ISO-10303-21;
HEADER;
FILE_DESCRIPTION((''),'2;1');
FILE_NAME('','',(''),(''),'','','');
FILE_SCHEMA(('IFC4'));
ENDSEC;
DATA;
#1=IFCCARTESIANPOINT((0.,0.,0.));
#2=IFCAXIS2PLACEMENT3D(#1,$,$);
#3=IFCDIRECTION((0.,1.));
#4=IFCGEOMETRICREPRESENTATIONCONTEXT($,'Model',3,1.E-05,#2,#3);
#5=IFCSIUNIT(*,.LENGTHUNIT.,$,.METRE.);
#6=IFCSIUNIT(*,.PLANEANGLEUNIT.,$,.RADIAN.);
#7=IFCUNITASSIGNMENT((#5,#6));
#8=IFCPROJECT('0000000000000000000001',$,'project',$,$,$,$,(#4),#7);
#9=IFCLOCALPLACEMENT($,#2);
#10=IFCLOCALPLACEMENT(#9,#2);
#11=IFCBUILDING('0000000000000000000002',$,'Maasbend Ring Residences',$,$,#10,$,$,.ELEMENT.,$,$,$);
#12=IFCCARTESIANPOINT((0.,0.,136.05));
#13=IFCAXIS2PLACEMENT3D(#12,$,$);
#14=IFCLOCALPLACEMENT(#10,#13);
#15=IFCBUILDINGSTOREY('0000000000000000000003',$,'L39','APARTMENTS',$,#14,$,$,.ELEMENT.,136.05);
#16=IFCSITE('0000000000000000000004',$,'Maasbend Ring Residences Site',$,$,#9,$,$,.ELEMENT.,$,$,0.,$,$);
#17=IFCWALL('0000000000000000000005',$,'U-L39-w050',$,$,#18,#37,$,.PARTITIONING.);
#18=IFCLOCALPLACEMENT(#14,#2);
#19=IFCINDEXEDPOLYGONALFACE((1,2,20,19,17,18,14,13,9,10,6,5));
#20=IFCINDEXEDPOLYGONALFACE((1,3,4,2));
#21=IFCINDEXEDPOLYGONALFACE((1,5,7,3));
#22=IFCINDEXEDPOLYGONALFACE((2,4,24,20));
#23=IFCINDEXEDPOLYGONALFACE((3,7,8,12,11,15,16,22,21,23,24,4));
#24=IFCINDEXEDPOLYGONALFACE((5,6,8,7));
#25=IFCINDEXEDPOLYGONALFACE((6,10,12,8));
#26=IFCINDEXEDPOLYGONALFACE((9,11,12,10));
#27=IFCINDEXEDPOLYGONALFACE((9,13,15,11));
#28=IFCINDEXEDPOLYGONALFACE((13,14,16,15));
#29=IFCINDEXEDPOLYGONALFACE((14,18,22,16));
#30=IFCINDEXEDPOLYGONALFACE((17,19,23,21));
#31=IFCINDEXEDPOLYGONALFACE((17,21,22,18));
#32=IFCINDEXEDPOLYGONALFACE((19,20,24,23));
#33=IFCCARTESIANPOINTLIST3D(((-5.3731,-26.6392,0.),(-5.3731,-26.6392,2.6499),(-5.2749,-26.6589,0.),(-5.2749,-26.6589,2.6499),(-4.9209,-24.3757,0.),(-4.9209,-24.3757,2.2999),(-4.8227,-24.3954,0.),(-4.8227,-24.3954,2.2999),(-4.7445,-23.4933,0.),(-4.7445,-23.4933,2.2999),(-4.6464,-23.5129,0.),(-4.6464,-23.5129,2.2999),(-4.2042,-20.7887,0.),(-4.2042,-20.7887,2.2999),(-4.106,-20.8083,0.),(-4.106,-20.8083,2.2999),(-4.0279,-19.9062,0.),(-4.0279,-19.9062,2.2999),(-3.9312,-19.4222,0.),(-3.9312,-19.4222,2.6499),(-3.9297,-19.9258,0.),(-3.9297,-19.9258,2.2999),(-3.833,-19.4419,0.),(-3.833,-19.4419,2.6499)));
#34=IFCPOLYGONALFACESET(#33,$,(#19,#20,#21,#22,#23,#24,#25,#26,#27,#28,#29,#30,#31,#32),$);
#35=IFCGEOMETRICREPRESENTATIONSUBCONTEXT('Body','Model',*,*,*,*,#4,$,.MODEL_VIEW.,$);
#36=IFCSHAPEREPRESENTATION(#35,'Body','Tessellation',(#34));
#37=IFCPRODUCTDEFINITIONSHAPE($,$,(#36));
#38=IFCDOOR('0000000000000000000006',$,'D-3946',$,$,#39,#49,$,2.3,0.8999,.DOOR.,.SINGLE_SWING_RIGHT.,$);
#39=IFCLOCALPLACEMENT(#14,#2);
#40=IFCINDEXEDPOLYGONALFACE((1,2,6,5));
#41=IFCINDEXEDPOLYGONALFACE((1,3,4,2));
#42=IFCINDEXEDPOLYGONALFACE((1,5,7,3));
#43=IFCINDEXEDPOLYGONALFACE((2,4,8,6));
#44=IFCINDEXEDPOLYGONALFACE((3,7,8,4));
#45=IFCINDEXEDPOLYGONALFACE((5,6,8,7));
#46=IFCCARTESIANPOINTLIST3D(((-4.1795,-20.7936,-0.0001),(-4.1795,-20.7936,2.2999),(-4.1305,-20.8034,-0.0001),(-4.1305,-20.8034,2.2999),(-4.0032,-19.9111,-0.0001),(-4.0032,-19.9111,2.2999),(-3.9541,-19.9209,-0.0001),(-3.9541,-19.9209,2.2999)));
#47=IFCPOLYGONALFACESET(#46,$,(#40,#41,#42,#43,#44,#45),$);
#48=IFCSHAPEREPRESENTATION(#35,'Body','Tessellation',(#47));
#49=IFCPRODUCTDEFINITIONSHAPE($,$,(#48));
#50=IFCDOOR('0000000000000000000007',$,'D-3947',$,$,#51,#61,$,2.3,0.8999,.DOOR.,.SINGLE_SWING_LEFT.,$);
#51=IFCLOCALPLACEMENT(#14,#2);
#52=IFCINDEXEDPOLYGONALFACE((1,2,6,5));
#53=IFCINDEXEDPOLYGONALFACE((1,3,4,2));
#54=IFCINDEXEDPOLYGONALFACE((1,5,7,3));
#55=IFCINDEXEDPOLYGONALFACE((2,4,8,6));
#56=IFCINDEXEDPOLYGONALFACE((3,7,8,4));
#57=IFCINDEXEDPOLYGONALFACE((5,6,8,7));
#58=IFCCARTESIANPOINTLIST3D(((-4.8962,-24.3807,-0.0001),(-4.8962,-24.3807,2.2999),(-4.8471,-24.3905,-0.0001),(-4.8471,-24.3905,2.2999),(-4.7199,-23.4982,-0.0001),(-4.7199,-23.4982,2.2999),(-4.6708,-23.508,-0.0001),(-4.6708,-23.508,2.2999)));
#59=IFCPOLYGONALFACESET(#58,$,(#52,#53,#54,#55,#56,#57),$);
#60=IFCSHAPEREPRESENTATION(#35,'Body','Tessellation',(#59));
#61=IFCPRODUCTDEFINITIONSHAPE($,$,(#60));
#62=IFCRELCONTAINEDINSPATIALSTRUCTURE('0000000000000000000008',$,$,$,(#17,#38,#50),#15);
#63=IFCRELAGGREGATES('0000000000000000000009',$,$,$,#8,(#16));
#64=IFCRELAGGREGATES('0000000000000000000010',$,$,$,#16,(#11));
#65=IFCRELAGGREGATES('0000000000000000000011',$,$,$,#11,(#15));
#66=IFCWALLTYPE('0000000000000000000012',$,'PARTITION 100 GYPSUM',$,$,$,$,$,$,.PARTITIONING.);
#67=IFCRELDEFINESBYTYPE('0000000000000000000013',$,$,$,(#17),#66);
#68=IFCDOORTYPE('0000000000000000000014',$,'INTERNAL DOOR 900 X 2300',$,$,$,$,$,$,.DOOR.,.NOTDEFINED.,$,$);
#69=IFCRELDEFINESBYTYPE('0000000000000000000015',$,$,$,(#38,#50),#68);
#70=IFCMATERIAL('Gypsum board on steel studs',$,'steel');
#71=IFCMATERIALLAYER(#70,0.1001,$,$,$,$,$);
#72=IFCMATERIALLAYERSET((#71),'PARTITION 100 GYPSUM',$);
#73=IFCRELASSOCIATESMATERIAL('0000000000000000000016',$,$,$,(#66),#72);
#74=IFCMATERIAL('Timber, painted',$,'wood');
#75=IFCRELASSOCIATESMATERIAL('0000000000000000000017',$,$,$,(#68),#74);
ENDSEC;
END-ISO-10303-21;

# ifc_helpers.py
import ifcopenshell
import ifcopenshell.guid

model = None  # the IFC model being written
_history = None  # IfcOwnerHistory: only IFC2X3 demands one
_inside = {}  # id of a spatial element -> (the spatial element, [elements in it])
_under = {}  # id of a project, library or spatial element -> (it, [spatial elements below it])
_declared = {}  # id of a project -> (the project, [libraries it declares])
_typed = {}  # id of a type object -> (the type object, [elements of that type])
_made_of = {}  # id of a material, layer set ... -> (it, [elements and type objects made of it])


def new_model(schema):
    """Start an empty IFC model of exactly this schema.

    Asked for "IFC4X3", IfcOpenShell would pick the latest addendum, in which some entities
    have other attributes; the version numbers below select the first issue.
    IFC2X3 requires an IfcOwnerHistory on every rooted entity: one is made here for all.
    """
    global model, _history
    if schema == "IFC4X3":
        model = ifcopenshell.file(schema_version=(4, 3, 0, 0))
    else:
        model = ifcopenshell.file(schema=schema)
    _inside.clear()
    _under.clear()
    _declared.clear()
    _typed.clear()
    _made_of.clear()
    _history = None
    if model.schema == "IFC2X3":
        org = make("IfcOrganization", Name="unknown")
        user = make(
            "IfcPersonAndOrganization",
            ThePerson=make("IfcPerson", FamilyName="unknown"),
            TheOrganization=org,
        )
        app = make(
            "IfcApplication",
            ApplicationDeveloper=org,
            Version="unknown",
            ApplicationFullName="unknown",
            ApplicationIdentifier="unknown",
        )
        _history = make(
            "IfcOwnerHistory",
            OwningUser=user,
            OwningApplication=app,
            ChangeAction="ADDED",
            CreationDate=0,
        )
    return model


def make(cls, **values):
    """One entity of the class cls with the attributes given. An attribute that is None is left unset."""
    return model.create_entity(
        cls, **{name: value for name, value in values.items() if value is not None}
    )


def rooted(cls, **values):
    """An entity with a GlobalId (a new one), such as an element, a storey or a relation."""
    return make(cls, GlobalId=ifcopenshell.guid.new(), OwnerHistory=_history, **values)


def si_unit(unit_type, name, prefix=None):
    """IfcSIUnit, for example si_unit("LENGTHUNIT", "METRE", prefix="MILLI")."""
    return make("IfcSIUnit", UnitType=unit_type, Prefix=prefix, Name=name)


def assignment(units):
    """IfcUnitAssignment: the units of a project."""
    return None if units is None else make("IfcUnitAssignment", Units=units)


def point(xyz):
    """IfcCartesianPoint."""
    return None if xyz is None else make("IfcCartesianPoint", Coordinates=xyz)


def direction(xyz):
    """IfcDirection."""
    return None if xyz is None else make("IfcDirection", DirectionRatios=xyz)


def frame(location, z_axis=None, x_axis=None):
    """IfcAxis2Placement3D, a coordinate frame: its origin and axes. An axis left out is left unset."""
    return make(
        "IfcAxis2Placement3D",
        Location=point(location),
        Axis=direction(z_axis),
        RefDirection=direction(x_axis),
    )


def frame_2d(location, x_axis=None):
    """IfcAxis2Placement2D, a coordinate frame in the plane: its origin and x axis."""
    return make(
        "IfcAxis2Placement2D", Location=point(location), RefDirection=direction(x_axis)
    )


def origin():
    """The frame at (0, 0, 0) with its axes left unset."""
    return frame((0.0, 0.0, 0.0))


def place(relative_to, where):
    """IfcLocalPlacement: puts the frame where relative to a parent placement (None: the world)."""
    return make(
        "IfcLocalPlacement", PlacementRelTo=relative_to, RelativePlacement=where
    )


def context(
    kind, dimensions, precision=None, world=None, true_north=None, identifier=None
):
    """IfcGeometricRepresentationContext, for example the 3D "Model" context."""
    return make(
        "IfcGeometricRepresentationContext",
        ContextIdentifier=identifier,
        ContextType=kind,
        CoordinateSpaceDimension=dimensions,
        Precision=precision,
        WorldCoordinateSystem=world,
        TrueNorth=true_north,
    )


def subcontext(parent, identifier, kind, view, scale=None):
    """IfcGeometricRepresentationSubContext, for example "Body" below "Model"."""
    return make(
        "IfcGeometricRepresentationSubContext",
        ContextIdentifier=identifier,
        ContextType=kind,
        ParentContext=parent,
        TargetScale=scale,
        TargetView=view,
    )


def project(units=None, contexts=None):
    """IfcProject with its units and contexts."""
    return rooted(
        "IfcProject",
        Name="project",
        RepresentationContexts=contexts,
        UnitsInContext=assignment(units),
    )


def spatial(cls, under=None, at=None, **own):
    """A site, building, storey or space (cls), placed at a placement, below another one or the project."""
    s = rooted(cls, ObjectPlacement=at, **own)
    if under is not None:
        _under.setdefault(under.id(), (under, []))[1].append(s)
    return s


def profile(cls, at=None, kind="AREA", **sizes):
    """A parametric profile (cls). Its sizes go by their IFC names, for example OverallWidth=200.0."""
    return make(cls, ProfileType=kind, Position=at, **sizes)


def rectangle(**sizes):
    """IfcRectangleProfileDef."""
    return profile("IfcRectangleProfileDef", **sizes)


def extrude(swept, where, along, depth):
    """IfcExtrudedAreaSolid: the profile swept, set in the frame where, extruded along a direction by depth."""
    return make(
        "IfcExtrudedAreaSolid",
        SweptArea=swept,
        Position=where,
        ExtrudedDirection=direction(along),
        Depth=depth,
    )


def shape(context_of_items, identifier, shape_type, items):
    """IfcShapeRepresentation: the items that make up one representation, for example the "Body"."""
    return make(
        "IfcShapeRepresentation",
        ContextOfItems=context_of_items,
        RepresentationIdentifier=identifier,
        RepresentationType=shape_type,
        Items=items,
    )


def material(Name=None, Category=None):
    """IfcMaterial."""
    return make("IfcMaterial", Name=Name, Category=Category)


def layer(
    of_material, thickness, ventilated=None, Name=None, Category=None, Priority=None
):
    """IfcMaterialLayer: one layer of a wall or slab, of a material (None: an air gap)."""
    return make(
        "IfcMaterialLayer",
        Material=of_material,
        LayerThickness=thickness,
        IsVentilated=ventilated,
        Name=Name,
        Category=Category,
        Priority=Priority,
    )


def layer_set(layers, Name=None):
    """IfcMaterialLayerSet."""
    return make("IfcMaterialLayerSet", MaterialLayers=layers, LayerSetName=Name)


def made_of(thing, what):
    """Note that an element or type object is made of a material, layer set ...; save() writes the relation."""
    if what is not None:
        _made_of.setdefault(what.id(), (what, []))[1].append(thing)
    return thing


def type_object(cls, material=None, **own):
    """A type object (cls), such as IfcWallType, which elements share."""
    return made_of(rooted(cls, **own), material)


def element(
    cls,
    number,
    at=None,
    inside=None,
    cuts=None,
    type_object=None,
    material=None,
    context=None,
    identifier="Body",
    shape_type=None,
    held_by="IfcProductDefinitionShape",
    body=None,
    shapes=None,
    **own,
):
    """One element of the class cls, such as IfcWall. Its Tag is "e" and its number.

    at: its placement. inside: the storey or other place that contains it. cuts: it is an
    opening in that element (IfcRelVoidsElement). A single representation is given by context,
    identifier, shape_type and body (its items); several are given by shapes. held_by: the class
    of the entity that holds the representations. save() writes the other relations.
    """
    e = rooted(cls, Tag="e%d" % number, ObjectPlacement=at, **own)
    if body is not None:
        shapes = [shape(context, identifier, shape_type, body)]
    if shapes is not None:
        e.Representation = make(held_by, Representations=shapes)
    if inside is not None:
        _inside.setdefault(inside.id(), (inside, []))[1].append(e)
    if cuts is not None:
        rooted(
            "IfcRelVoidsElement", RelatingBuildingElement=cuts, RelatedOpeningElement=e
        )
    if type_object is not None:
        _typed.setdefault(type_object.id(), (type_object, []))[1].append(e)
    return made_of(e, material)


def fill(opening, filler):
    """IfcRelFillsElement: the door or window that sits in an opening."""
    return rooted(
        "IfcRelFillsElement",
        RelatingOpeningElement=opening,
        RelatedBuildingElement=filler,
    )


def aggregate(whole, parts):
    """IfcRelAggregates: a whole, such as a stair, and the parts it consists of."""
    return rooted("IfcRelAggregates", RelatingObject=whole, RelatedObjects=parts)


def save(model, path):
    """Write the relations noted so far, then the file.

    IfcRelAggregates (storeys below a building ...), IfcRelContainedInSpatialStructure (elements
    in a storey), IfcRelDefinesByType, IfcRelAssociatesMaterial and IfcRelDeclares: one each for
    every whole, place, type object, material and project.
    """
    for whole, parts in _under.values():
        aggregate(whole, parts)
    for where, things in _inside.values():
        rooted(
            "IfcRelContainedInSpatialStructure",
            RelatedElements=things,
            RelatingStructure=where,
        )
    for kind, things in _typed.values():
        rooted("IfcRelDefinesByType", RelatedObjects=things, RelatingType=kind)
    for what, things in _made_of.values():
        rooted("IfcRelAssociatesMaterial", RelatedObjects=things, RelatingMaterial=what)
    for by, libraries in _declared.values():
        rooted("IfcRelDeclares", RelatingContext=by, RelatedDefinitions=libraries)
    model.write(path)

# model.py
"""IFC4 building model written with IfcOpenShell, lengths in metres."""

from ifc_helpers import new_model, si_unit, direction, frame, frame_2d, origin, place, context, subcontext, project, spatial, rectangle, extrude, material, layer, layer_set, type_object, element, fill, save


model = new_model("IFC4")

# Units and contexts
model_context = context("Model", 3, precision=1e-05, world=origin(), true_north=direction((0.0, 1.0)))
body_context = subcontext(model_context, "Body", "Model", "MODEL_VIEW")
ifc_project = project(units=[si_unit("LENGTHUNIT", "METRE"), si_unit("PLANEANGLEUNIT", "RADIAN")], contexts=[model_context])

# Site, building, storey
site_placement = place(None, origin())
site = spatial("IfcSite", under=ifc_project, at=site_placement, Name="Maasbend Ring Residences Site", CompositionType="ELEMENT", RefElevation=0.0)
building_placement = place(site_placement, origin())
building = spatial("IfcBuilding", under=site, at=building_placement, Name="Maasbend Ring Residences", CompositionType="ELEMENT")
storey_placement = place(building_placement, frame((0.0, 0.0, 136.05)))
storey = spatial("IfcBuildingStorey", under=building, at=storey_placement, Name="L39", Description="APARTMENTS", CompositionType="ELEMENT", Elevation=136.05)

# Shared definitions
ifc_material_1 = material(Name="Gypsum board on steel studs", Category="steel")
ifc_layer_1 = layer(ifc_material_1, 0.1001)
ifc_layer_set_1 = layer_set([ifc_layer_1], Name="PARTITION 100 GYPSUM")
wall_type_1 = type_object("IfcWallType", Name="PARTITION 100 GYPSUM", PredefinedType="PARTITIONING", material=ifc_layer_set_1)
ifc_material_2 = material(Name="Timber, painted", Category="wood")
door_type_1 = type_object("IfcDoorType", Name="INTERNAL DOOR 900 X 2300", OperationType="NOTDEFINED", PredefinedType="DOOR", material=ifc_material_2)

# Wall, openings, doors
wall_1_placement = place(storey_placement, frame((-5.324, -26.6489, 0.0), z_axis=(0.0, 0.0, 1.0), x_axis=(0.195918, 0.98062, 0.0)))
wall_1 = element("IfcWall", 1, at=wall_1_placement, inside=storey, type_object=wall_type_1, Name="U-L39-w050", PredefinedType="PARTITIONING", context=body_context, shape_type="SweptSolid", body=[
    extrude(rectangle(XDim=7.3596, YDim=0.1001, at=frame_2d((3.6797, 0.0))), origin(), (0.0, 0.0, 1.0), 2.6499),
])
opening_1_placement = place(wall_1_placement, frame((5.9661, 0.0, 0.0)))
opening_1 = element("IfcOpeningElement", 2, at=opening_1_placement, cuts=wall_1, PredefinedType="OPENING", context=body_context, shape_type="SweptSolid", body=[
    extrude(rectangle(XDim=0.8999, YDim=2.3, at=frame_2d((0.45, 1.1499))), frame((0.0, 0.0601, 0.0), z_axis=(0.0, -1.0, 0.0), x_axis=(1.0, 0.0, 0.0)), (0.0, 0.0, 1.0), 0.1201),
])
opening_2_placement = place(wall_1_placement, frame((2.3081, 0.0, 0.0)))
opening_2 = element("IfcOpeningElement", 3, at=opening_2_placement, cuts=wall_1, PredefinedType="OPENING", context=body_context, shape_type="SweptSolid", body=[
    extrude(rectangle(XDim=0.8999, YDim=2.3, at=frame_2d((0.45, 1.1499))), frame((0.0, 0.0601, 0.0), z_axis=(0.0, -1.0, 0.0), x_axis=(1.0, 0.0, 0.0)), (0.0, 0.0, 1.0), 0.1201),
])
door_1_placement = place(opening_1_placement, origin())
door_1 = element("IfcDoor", 4, at=door_1_placement, inside=storey, type_object=door_type_1, Name="D-3946", OperationType="SINGLE_SWING_RIGHT", OverallHeight=2.3, OverallWidth=0.8999, PredefinedType="DOOR", context=body_context, shape_type="SweptSolid", body=[
    extrude(rectangle(XDim=0.8999, YDim=2.3, at=frame_2d((0.45, 1.1499))), frame((0.0, 0.0249, 0.0), z_axis=(0.0, -1.0, 0.0), x_axis=(1.0, 0.0, 0.0)), (0.0, 0.0, 1.0), 0.05),
])
fill(opening_1, door_1)
door_2_placement = place(opening_2_placement, origin())
door_2 = element("IfcDoor", 5, at=door_2_placement, inside=storey, type_object=door_type_1, Name="D-3947", OperationType="SINGLE_SWING_LEFT", OverallHeight=2.3, OverallWidth=0.8999, PredefinedType="DOOR", context=body_context, shape_type="SweptSolid", body=[
    extrude(rectangle(XDim=0.8999, YDim=2.3, at=frame_2d((0.45, 1.1499))), frame((0.0, 0.0249, 0.0), z_axis=(0.0, -1.0, 0.0), x_axis=(1.0, 0.0, 0.0)), (0.0, 0.0, 1.0), 0.05),
])
fill(opening_2, door_2)

save(model, "model.ifc")
